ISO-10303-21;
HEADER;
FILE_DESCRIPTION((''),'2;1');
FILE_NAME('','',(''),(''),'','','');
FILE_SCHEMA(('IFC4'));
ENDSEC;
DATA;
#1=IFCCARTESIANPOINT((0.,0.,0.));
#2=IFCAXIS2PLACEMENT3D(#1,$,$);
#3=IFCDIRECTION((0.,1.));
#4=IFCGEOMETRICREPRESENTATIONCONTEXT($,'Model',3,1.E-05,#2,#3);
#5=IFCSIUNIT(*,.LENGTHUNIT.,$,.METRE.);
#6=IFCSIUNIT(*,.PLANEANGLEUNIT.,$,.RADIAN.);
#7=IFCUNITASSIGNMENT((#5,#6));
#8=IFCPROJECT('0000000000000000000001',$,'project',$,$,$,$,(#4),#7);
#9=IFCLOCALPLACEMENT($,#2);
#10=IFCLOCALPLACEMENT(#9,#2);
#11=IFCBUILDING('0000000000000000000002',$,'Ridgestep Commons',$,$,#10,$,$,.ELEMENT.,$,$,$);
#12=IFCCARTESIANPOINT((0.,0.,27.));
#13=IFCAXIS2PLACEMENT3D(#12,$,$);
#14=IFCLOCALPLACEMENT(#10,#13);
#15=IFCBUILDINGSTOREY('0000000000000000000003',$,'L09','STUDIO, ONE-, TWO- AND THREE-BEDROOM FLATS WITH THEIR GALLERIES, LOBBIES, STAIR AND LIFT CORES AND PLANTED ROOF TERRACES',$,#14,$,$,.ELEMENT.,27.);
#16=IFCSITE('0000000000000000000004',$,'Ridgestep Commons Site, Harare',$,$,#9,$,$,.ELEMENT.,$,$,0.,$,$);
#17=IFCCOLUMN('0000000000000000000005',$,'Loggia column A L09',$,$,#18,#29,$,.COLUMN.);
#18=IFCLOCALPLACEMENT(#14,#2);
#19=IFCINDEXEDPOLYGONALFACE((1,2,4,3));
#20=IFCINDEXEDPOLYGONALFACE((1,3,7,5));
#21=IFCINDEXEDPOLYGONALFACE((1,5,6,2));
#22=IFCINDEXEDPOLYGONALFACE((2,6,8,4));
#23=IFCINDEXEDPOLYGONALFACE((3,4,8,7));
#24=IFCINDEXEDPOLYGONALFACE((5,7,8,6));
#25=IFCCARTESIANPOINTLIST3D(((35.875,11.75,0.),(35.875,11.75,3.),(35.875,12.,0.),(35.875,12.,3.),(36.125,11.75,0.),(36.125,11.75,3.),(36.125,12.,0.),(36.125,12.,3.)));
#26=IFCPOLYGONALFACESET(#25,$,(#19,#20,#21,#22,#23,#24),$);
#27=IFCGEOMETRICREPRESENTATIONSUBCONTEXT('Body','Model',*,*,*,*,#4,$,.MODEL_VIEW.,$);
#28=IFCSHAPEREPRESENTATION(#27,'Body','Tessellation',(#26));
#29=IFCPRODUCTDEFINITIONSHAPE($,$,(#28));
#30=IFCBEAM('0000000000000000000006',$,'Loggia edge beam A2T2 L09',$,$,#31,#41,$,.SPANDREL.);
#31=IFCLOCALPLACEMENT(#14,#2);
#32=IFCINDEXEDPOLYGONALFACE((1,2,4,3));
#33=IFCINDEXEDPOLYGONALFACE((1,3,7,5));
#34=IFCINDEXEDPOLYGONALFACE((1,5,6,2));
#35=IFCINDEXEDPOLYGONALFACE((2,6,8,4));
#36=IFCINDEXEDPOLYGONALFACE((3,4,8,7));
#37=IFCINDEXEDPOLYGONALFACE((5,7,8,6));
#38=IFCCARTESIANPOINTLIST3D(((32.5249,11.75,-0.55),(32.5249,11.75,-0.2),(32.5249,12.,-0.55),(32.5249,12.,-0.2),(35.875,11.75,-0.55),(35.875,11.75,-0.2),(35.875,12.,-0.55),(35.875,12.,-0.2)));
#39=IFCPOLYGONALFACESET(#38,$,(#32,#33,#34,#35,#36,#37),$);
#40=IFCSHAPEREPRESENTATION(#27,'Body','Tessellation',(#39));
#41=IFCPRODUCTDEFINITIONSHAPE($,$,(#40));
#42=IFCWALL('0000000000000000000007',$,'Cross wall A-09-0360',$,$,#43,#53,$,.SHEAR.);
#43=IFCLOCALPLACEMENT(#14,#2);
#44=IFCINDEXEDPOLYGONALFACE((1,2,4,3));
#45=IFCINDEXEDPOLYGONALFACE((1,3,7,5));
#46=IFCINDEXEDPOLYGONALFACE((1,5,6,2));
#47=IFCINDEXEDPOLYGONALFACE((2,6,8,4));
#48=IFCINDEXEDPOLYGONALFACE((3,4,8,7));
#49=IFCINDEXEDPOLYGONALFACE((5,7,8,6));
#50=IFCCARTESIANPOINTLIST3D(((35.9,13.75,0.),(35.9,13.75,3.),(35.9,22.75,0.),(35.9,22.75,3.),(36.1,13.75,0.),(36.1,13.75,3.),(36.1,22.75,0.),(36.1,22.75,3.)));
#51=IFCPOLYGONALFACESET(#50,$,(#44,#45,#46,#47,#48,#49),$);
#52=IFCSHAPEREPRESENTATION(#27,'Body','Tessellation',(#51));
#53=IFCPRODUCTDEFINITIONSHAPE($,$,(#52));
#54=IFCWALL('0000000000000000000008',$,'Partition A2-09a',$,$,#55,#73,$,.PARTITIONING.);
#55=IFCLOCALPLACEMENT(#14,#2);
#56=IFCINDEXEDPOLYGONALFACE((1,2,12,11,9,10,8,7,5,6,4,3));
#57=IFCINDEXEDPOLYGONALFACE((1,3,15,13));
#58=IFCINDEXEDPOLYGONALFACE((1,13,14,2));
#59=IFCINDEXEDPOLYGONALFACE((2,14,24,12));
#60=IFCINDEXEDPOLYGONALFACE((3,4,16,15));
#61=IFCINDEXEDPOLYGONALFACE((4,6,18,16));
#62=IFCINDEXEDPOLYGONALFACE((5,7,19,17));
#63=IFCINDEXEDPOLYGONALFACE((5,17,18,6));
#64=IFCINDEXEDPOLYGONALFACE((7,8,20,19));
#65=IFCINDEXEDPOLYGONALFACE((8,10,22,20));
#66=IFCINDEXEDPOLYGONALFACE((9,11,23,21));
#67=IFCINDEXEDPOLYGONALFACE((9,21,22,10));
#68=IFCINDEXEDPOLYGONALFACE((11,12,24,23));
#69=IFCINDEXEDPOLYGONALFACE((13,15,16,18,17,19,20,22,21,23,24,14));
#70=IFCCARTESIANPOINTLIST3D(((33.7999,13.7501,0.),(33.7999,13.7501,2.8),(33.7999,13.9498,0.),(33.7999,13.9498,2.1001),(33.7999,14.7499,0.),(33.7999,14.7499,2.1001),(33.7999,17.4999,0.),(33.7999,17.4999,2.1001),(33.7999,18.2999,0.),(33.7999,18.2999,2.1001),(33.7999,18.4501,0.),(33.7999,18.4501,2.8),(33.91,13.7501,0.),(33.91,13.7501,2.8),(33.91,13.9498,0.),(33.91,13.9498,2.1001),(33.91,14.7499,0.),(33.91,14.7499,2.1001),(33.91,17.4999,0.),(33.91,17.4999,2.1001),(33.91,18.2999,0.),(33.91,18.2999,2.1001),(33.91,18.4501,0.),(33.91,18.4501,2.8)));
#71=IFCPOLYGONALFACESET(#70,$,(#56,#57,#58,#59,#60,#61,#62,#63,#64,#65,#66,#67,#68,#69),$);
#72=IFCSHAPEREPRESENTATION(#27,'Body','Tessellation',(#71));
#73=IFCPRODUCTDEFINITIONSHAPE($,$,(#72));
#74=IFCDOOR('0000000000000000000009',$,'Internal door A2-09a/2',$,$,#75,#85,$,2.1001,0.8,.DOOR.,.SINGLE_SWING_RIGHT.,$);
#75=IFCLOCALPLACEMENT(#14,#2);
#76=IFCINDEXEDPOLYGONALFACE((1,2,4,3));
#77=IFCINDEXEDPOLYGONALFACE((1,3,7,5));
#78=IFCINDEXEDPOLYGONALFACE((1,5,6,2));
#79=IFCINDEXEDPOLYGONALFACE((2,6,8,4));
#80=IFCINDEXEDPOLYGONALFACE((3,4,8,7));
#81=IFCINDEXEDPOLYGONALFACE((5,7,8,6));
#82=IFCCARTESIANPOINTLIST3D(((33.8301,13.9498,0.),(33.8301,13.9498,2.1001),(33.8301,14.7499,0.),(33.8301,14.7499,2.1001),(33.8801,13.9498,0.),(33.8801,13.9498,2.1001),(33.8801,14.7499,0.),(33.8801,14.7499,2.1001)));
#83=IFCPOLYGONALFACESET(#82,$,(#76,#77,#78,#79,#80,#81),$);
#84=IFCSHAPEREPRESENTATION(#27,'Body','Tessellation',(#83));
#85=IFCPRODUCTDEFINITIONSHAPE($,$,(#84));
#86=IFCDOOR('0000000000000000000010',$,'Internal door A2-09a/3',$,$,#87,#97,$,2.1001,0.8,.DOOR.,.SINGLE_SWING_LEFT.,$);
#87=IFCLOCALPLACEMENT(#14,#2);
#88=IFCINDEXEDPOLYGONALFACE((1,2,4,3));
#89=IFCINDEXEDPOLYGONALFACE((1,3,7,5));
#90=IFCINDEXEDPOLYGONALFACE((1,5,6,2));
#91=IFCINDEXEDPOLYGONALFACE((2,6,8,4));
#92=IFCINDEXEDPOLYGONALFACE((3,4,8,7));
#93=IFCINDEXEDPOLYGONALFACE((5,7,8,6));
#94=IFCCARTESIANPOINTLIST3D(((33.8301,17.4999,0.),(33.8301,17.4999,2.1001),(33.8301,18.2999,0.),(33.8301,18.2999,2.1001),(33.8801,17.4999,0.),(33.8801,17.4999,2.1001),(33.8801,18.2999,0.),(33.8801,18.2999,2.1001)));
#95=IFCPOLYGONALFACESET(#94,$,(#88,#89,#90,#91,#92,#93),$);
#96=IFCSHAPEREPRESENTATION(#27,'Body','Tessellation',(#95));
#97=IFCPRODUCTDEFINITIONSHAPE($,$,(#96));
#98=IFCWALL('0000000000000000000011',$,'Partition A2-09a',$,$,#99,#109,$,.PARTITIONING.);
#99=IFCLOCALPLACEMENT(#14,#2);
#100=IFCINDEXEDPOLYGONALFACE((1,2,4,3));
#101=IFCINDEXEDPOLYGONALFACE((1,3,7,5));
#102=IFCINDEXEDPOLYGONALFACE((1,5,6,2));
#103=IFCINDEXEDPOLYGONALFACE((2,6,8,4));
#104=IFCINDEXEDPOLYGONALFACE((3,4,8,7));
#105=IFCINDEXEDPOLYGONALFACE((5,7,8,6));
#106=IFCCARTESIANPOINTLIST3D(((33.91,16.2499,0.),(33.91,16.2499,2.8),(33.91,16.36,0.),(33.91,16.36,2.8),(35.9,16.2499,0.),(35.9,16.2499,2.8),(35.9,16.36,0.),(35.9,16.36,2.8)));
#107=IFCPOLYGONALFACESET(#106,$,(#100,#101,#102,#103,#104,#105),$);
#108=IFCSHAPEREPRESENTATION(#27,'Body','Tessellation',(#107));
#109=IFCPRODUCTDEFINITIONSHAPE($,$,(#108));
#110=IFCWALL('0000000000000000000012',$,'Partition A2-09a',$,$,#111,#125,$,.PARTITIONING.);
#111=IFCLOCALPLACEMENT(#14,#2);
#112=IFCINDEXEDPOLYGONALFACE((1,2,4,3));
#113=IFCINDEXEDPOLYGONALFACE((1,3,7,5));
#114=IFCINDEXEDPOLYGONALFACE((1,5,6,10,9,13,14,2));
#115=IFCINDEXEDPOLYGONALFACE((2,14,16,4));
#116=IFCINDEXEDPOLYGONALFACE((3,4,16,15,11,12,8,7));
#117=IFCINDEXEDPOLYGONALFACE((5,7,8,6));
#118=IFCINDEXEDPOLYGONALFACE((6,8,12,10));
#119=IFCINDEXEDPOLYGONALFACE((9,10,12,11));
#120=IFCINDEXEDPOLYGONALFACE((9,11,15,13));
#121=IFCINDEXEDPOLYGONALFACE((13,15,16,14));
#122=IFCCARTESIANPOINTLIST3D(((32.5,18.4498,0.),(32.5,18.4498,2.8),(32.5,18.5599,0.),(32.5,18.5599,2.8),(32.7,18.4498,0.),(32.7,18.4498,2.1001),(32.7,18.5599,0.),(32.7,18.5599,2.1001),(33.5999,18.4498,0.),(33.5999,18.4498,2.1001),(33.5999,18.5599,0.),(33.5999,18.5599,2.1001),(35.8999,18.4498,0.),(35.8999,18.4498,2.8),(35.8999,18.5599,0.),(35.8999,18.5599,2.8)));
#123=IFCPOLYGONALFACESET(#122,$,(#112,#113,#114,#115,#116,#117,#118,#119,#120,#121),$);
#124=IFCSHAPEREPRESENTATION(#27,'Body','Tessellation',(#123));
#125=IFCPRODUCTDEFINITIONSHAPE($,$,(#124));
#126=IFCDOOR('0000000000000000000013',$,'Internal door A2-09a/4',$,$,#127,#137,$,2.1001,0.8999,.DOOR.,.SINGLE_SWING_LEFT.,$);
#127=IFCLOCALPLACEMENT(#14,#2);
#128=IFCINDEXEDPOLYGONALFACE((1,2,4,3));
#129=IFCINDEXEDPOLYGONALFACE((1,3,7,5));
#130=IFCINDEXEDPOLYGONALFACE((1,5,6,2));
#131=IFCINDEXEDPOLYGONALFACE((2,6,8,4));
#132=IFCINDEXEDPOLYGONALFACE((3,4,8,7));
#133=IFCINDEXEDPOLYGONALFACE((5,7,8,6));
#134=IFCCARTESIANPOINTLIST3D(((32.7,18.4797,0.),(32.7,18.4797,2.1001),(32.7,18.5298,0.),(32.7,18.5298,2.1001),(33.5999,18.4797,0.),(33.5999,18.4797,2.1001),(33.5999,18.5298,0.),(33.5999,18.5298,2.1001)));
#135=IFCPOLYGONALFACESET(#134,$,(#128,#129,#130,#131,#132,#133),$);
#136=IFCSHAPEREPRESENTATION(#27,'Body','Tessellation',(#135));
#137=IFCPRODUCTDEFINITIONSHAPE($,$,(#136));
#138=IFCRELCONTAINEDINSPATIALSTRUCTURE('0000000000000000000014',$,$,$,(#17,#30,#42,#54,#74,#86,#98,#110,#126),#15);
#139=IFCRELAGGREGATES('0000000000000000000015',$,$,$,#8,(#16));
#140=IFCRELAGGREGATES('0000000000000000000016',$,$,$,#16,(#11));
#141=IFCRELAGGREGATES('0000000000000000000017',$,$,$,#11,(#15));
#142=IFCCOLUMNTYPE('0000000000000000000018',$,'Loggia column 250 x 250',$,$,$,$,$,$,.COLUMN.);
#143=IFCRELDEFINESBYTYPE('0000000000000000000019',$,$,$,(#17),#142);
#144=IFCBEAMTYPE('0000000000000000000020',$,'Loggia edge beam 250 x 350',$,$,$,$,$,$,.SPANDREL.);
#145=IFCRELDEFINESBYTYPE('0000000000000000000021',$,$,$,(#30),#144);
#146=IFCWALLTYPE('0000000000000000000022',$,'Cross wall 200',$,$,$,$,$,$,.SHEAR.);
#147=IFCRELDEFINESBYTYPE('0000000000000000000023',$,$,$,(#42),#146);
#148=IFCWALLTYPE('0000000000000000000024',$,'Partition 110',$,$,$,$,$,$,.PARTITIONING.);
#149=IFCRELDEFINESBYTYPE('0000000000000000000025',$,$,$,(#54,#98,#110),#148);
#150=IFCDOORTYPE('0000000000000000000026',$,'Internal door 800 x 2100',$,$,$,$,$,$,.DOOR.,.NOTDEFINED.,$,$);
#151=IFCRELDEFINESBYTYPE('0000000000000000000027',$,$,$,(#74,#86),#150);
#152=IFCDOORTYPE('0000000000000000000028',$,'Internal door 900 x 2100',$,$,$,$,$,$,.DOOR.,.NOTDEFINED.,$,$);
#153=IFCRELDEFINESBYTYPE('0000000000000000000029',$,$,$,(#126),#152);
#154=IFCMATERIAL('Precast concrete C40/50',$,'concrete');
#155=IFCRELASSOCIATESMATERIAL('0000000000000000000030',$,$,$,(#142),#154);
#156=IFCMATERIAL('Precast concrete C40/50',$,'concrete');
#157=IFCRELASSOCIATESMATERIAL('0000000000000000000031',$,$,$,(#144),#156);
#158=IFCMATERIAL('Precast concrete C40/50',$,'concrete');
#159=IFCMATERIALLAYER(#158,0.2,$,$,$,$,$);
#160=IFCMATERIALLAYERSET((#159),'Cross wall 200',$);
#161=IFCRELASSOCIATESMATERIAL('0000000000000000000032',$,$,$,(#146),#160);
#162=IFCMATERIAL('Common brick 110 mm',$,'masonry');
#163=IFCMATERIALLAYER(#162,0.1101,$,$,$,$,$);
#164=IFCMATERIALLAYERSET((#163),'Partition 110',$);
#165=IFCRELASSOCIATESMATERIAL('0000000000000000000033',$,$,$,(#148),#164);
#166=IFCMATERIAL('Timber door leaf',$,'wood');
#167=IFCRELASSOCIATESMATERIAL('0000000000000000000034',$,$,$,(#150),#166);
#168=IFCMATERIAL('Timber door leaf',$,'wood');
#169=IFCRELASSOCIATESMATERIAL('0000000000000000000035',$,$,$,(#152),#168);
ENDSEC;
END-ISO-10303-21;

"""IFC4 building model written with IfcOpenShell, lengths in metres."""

from ifc_helpers import new_model, si_unit, direction, frame, frame_2d, origin, origin_2d, place, context, subcontext, project, spatial, rectangle, extrude, material, layer, layer_set, material_profile, profile_set, type_object, element, fill, save


model = new_model("IFC4")

# Units and contexts
model_context = context("Model", 3, precision=1e-05, world=origin(), true_north=direction((0.0, 1.0)))
body_context = subcontext(model_context, "Body", "Model", "MODEL_VIEW")
ifc_project = project(units=[si_unit("LENGTHUNIT", "METRE"), si_unit("PLANEANGLEUNIT", "RADIAN")], contexts=[model_context])

# Site, building, storey
site_placement = place(None, origin())
site = spatial("IfcSite", under=ifc_project, at=site_placement, Name="Ridgestep Commons Site, Harare", CompositionType="ELEMENT", RefElevation=0.0)
building_placement = place(site_placement, origin())
building = spatial("IfcBuilding", under=site, at=building_placement, Name="Ridgestep Commons", CompositionType="ELEMENT")
storey_placement = place(building_placement, frame((0.0, 0.0, 27.0)))
storey = spatial("IfcBuildingStorey", under=building, at=storey_placement, Name="L09", Description="STUDIO, ONE-, TWO- AND THREE-BEDROOM FLATS WITH THEIR GALLERIES, LOBBIES, STAIR AND LIFT CORES AND PLANTED ROOF TERRACES", CompositionType="ELEMENT", Elevation=27.0)

# Column
ifc_material_1 = material(Name="Precast concrete C40/50", Category="concrete")
ifc_material_profile_1 = material_profile(ifc_material_1, rectangle(XDim=0.25, YDim=0.25, at=origin_2d()), Name="PC 250x250")
ifc_profile_set_1 = profile_set([ifc_material_profile_1], Name="Precast concrete C40/50")
column_type = type_object("IfcColumnType", Name="Loggia column 250 x 250", PredefinedType="COLUMN", material=ifc_profile_set_1)
column_placement = place(storey_placement, frame((36.0, 11.875, 0.0), z_axis=(0.0, 0.0, 1.0), x_axis=(1.0, 0.0, 0.0)))
element("IfcColumn", 1, at=column_placement, inside=storey, type_object=column_type, Name="Loggia column A L09", PredefinedType="COLUMN", context=body_context, shape_type="SweptSolid", body=[
    extrude(rectangle(XDim=0.25, YDim=0.25, at=origin_2d()), origin(), (0.0, 0.0, 1.0), 3.0),
])

# Beam
ifc_material_2 = material(Name="Precast concrete C40/50", Category="concrete")
ifc_material_profile_2 = material_profile(ifc_material_2, rectangle(XDim=0.25, YDim=0.3501, at=origin_2d()), Name="PC 250x350")
ifc_profile_set_2 = profile_set([ifc_material_profile_2], Name="Precast concrete C40/50")
beam_type = type_object("IfcBeamType", Name="Loggia edge beam 250 x 350", PredefinedType="SPANDREL", material=ifc_profile_set_2)
beam_placement = place(storey_placement, frame((32.5249, 11.875, -0.375), z_axis=(1.0, 0.0, 0.0), x_axis=(0.0, 1.0, 0.0)))
element("IfcBeam", 2, at=beam_placement, inside=storey, type_object=beam_type, Name="Loggia edge beam A2T2 L09", PredefinedType="SPANDREL", context=body_context, shape_type="SweptSolid", body=[
    extrude(rectangle(XDim=0.25, YDim=0.3501, at=origin_2d()), origin(), (0.0, 0.0, 1.0), 3.3501),
])

# Wall
ifc_material_3 = material(Name="Precast concrete C40/50", Category="concrete")
ifc_layer_1 = layer(ifc_material_3, 0.2)
ifc_layer_set_1 = layer_set([ifc_layer_1], Name="Cross wall 200")
wall_type_1 = type_object("IfcWallType", Name="Cross wall 200", PredefinedType="SHEAR", material=ifc_layer_set_1)
wall_1_placement = place(storey_placement, frame((36.0, 13.75, 0.0), z_axis=(0.0, 0.0, 1.0), x_axis=(0.0, 1.0, 0.0)))
element("IfcWall", 3, at=wall_1_placement, inside=storey, type_object=wall_type_1, Name="Cross wall A-09-0360", PredefinedType="SHEAR", context=body_context, shape_type="SweptSolid", body=[
    extrude(rectangle(XDim=9.0, YDim=0.2, at=frame_2d((4.5, 0.0))), origin(), (0.0, 0.0, 1.0), 3.0),
])

# Wall, openings, doors
ifc_material_4 = material(Name="Common brick 110 mm", Category="masonry")
ifc_layer_2 = layer(ifc_material_4, 0.1101)
ifc_layer_set_2 = layer_set([ifc_layer_2], Name="Partition 110")
wall_type_2 = type_object("IfcWallType", Name="Partition 110", PredefinedType="PARTITIONING", material=ifc_layer_set_2)
wall_2_placement = place(storey_placement, frame((33.855, 13.75, 0.0), z_axis=(0.0, 0.0, 1.0), x_axis=(0.0, 1.0, 0.0)))
wall_2 = element("IfcWall", 4, at=wall_2_placement, inside=storey, type_object=wall_type_2, Name="Partition A2-09a", PredefinedType="PARTITIONING", context=body_context, shape_type="SweptSolid", body=[
    extrude(rectangle(XDim=4.7, YDim=0.1101, at=frame_2d((2.3501, 0.0))), origin(), (0.0, 0.0, 1.0), 2.8),
])
opening_1_placement = place(wall_2_placement, frame((0.2, 0.0, 0.0)))
opening_1 = element("IfcOpeningElement", 5, at=opening_1_placement, cuts=wall_2, PredefinedType="OPENING", context=body_context, shape_type="SweptSolid", body=[
    extrude(rectangle(XDim=0.8, YDim=2.1001, at=frame_2d((0.3999, 1.05))), frame((0.0, 0.0649, 0.0), z_axis=(0.0, -1.0, 0.0), x_axis=(1.0, 0.0, 0.0)), (0.0, 0.0, 1.0), 0.1301),
])
opening_2_placement = place(wall_2_placement, frame((3.75, 0.0, 0.0)))
opening_2 = element("IfcOpeningElement", 6, at=opening_2_placement, cuts=wall_2, PredefinedType="OPENING", context=body_context, shape_type="SweptSolid", body=[
    extrude(rectangle(XDim=0.8, YDim=2.1001, at=frame_2d((0.3999, 1.05))), frame((0.0, 0.0649, 0.0), z_axis=(0.0, -1.0, 0.0), x_axis=(1.0, 0.0, 0.0)), (0.0, 0.0, 1.0), 0.1301),
])
ifc_material_5 = material(Name="Timber door leaf", Category="wood")
door_type_1 = type_object("IfcDoorType", Name="Internal door 800 x 2100", OperationType="NOTDEFINED", PredefinedType="DOOR", material=ifc_material_5)
door_1_placement = place(opening_1_placement, origin())
door_1 = element("IfcDoor", 7, at=door_1_placement, inside=storey, type_object=door_type_1, Name="Internal door A2-09a/2", OperationType="SINGLE_SWING_RIGHT", OverallHeight=2.1001, OverallWidth=0.8, PredefinedType="DOOR", context=body_context, shape_type="SweptSolid", body=[
    extrude(rectangle(XDim=0.8, YDim=2.1001, at=frame_2d((0.3999, 1.05))), frame((0.0, 0.0249, 0.0), z_axis=(0.0, -1.0, 0.0), x_axis=(1.0, 0.0, 0.0)), (0.0, 0.0, 1.0), 0.05),
])
fill(opening_1, door_1)
door_2_placement = place(opening_2_placement, origin())
door_2 = element("IfcDoor", 8, at=door_2_placement, inside=storey, type_object=door_type_1, Name="Internal door A2-09a/3", OperationType="SINGLE_SWING_LEFT", OverallHeight=2.1001, OverallWidth=0.8, PredefinedType="DOOR", context=body_context, shape_type="SweptSolid", body=[
    extrude(rectangle(XDim=0.8, YDim=2.1001, at=frame_2d((0.3999, 1.05))), frame((0.0, 0.0249, 0.0), z_axis=(0.0, -1.0, 0.0), x_axis=(1.0, 0.0, 0.0)), (0.0, 0.0, 1.0), 0.05),
])
fill(opening_2, door_2)

# Wall
wall_3_placement = place(storey_placement, frame((33.9099, 16.3049, 0.0), z_axis=(0.0, 0.0, 1.0), x_axis=(1.0, 0.0, 0.0)))
element("IfcWall", 9, at=wall_3_placement, inside=storey, type_object=wall_type_2, Name="Partition A2-09a", PredefinedType="PARTITIONING", context=body_context, shape_type="SweptSolid", body=[
    extrude(rectangle(XDim=1.99, YDim=0.1101, at=frame_2d((0.9951, 0.0))), origin(), (0.0, 0.0, 1.0), 2.8),
])

# Wall, opening, door
wall_4_placement = place(storey_placement, frame((32.5, 18.5049, 0.0), z_axis=(0.0, 0.0, 1.0), x_axis=(1.0, 0.0, 0.0)))
wall_4 = element("IfcWall", 10, at=wall_4_placement, inside=storey, type_object=wall_type_2, Name="Partition A2-09a", PredefinedType="PARTITIONING", context=body_context, shape_type="SweptSolid", body=[
    extrude(rectangle(XDim=3.3999, YDim=0.1101, at=frame_2d((1.7, 0.0))), origin(), (0.0, 0.0, 1.0), 2.8),
])
opening_3_placement = place(wall_4_placement, frame((0.2, 0.0, 0.0)))
opening_3 = element("IfcOpeningElement", 11, at=opening_3_placement, cuts=wall_4, PredefinedType="OPENING", context=body_context, shape_type="SweptSolid", body=[
    extrude(rectangle(XDim=0.8999, YDim=2.1001, at=frame_2d((0.45, 1.05))), frame((0.0, 0.0649, 0.0), z_axis=(0.0, -1.0, 0.0), x_axis=(1.0, 0.0, 0.0)), (0.0, 0.0, 1.0), 0.1301),
])
ifc_material_6 = material(Name="Timber door leaf", Category="wood")
door_type_2 = type_object("IfcDoorType", Name="Internal door 900 x 2100", OperationType="NOTDEFINED", PredefinedType="DOOR", material=ifc_material_6)
door_3_placement = place(opening_3_placement, origin())
door_3 = element("IfcDoor", 12, at=door_3_placement, inside=storey, type_object=door_type_2, Name="Internal door A2-09a/4", OperationType="SINGLE_SWING_LEFT", OverallHeight=2.1001, OverallWidth=0.8999, PredefinedType="DOOR", context=body_context, shape_type="SweptSolid", body=[
    extrude(rectangle(XDim=0.8999, YDim=2.1001, at=frame_2d((0.45, 1.05))), frame((0.0, 0.0249, 0.0), z_axis=(0.0, -1.0, 0.0), x_axis=(1.0, 0.0, 0.0)), (0.0, 0.0, 1.0), 0.05),
])
fill(opening_3, door_3)

save(model, "model.ifc")
